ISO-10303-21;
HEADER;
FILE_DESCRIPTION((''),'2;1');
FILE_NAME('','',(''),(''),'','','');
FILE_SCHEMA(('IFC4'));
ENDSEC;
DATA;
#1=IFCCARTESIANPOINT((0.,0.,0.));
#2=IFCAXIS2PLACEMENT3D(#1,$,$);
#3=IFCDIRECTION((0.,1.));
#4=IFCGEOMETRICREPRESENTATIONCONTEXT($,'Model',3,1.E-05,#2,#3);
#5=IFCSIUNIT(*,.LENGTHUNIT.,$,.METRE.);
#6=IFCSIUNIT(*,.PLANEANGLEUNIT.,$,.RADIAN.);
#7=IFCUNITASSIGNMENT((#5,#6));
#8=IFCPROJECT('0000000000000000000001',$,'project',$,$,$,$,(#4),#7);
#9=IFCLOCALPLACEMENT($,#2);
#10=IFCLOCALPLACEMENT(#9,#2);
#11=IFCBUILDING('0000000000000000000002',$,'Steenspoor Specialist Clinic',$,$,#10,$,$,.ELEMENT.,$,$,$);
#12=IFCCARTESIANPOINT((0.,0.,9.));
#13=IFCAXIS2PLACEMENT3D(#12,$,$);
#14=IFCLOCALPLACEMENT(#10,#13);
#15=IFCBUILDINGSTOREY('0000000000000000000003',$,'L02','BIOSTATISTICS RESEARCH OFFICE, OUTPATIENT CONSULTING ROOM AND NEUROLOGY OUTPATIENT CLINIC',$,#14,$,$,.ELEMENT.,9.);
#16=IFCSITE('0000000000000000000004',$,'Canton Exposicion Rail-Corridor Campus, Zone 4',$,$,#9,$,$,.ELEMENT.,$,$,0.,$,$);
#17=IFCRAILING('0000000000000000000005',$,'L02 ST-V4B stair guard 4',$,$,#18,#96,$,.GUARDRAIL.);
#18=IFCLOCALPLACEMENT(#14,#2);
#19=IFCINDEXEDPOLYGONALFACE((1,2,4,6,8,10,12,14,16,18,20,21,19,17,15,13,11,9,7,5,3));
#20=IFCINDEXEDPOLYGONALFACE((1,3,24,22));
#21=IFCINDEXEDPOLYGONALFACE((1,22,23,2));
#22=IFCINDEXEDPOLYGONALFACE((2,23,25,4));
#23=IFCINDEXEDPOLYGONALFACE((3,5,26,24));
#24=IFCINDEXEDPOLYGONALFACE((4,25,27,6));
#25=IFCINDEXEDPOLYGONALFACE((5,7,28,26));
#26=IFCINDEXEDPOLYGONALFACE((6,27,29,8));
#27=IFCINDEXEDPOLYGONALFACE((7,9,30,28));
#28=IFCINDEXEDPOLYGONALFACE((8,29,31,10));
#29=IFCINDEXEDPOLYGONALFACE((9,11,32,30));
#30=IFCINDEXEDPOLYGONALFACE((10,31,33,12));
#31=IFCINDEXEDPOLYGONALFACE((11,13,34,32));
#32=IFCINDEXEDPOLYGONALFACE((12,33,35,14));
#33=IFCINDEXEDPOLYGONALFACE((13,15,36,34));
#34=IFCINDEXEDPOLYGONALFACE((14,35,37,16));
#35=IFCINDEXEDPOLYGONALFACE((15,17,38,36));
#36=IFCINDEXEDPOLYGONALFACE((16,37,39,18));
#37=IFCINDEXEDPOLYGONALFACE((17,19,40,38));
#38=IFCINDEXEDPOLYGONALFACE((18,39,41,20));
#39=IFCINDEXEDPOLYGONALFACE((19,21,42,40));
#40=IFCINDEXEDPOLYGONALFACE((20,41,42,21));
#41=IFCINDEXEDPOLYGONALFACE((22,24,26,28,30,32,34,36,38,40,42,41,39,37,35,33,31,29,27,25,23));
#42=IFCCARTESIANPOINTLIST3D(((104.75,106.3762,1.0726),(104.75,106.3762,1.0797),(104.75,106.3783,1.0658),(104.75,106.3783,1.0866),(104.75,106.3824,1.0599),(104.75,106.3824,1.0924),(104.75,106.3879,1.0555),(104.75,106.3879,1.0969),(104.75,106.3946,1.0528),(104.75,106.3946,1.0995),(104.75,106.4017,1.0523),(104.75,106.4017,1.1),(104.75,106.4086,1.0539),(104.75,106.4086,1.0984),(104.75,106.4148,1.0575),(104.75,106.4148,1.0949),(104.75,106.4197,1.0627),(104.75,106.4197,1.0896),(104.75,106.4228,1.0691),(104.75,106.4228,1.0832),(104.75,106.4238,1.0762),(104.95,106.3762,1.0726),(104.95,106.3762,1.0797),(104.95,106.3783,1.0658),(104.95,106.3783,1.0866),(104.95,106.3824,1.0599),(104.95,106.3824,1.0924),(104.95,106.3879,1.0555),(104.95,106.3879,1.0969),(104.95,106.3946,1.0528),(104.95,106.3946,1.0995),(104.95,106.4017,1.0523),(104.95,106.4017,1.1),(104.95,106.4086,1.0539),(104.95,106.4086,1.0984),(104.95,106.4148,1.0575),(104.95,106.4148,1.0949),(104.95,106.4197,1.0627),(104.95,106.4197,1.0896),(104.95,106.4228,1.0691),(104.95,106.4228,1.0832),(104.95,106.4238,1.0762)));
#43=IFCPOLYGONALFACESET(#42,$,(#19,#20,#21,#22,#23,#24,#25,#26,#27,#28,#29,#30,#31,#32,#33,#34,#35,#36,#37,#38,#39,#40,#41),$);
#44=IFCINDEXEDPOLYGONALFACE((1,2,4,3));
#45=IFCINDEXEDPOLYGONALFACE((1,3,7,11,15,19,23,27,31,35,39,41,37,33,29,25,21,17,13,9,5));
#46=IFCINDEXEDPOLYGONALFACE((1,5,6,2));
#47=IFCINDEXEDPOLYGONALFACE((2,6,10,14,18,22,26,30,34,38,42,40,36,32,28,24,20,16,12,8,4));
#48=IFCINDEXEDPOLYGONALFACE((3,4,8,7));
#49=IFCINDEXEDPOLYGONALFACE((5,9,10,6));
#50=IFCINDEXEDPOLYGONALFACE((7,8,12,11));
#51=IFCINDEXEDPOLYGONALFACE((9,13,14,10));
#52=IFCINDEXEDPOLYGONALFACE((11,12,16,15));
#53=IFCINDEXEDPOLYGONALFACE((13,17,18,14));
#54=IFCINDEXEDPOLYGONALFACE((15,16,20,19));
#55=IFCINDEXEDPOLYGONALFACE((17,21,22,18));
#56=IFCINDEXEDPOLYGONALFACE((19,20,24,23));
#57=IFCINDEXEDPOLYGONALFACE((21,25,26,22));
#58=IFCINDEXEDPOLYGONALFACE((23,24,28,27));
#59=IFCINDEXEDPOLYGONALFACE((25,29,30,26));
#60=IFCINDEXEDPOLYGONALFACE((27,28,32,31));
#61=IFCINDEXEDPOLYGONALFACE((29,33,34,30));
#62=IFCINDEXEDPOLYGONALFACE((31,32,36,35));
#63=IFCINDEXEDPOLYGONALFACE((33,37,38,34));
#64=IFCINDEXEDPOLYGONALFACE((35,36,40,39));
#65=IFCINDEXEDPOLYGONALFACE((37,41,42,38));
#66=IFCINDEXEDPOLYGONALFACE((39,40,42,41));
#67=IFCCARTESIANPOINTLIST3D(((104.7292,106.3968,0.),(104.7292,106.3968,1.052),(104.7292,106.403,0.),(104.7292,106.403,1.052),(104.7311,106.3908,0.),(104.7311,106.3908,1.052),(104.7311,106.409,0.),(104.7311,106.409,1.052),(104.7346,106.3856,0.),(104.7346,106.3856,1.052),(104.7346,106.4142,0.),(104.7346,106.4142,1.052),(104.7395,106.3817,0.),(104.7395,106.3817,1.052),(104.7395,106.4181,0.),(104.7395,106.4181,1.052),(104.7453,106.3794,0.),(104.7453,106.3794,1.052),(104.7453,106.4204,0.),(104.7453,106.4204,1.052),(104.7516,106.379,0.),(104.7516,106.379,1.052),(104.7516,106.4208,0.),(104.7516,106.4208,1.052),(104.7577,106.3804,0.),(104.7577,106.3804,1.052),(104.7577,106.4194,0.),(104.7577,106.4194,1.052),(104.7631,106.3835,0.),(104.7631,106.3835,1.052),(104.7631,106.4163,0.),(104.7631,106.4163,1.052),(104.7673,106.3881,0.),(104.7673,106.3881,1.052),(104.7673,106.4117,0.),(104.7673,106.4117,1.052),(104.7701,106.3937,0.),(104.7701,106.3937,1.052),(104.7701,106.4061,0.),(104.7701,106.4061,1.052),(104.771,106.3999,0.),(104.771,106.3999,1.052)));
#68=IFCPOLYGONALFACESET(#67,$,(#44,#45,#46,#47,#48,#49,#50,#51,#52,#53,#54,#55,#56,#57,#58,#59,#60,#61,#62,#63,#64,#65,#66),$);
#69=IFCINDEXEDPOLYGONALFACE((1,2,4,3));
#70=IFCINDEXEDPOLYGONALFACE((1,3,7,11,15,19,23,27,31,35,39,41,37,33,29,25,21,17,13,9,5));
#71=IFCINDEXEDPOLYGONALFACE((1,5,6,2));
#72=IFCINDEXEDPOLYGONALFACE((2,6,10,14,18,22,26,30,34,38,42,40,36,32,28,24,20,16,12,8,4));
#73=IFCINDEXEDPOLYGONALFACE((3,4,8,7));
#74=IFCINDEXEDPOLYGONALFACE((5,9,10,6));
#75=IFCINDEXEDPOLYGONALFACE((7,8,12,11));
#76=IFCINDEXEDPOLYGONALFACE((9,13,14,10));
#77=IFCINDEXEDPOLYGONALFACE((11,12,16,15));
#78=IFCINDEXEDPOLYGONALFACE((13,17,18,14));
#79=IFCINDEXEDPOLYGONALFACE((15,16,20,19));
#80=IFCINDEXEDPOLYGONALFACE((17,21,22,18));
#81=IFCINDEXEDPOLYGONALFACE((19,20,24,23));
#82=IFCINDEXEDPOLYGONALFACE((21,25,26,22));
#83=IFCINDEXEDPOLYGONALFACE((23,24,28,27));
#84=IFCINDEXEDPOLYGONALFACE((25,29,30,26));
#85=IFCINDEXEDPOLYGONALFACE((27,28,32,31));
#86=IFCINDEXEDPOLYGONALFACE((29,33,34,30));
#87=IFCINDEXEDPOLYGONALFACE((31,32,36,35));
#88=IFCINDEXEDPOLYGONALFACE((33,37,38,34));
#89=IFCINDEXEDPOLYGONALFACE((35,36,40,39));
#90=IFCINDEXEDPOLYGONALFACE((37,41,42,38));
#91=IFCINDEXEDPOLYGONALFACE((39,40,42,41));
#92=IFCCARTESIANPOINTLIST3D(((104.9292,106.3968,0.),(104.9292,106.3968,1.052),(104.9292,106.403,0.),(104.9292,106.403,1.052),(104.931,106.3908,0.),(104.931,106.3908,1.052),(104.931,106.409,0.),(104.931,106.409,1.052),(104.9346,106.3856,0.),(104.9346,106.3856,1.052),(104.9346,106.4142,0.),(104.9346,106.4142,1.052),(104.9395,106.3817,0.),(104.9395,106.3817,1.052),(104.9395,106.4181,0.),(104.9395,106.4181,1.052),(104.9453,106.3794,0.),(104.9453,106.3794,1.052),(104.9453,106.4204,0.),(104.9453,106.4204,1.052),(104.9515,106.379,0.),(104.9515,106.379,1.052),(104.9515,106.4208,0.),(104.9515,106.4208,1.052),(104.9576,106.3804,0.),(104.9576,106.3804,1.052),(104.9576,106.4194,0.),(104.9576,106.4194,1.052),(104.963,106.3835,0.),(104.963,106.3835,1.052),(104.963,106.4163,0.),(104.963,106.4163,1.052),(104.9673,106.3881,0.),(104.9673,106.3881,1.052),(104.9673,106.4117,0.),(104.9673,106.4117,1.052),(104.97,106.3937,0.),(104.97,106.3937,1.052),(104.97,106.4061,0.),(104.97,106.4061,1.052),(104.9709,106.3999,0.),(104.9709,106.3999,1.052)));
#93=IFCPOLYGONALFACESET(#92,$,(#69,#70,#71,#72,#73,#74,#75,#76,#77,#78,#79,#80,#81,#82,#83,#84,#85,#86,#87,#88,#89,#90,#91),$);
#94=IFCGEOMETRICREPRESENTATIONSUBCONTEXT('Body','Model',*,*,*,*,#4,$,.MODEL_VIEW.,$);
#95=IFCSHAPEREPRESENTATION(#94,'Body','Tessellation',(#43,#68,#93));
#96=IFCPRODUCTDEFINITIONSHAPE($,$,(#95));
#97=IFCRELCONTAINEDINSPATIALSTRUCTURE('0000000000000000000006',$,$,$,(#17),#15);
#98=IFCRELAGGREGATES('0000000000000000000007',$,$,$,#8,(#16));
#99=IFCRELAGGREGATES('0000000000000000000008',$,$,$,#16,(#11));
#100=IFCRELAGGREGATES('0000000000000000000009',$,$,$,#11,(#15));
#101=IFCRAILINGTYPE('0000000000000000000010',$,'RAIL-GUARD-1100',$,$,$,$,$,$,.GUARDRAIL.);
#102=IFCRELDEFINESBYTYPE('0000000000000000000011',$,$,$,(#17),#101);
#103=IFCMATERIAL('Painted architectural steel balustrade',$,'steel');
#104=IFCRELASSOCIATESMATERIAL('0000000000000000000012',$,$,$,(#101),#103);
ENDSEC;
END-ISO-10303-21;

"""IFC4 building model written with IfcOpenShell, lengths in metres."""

from ifc_helpers import new_model, si_unit, direction, frame, origin, origin_2d, place, context, subcontext, project, spatial, circle, extrude, material, type_object, element, save


model = new_model("IFC4")

# Units and contexts
model_context = context("Model", 3, precision=1e-05, world=origin(), true_north=direction((0.0, 1.0)))
body_context = subcontext(model_context, "Body", "Model", "MODEL_VIEW")
ifc_project = project(units=[si_unit("LENGTHUNIT", "METRE"), si_unit("PLANEANGLEUNIT", "RADIAN")], contexts=[model_context])

# Site, building, storey
site_placement = place(None, origin())
site = spatial("IfcSite", under=ifc_project, at=site_placement, Name="Canton Exposicion Rail-Corridor Campus, Zone 4", CompositionType="ELEMENT", RefElevation=0.0)
building_placement = place(site_placement, origin())
building = spatial("IfcBuilding", under=site, at=building_placement, Name="Steenspoor Specialist Clinic", CompositionType="ELEMENT")
storey_placement = place(building_placement, frame((0.0, 0.0, 9.0)))
storey = spatial("IfcBuildingStorey", under=building, at=storey_placement, Name="L02", Description="BIOSTATISTICS RESEARCH OFFICE, OUTPATIENT CONSULTING ROOM AND NEUROLOGY OUTPATIENT CLINIC", CompositionType="ELEMENT", Elevation=9.0)

# Railing
ifc_material_1 = material(Name="Painted architectural steel balustrade", Category="steel")
railing_type_1 = type_object("IfcRailingType", Name="RAIL-GUARD-1100", PredefinedType="GUARDRAIL", material=ifc_material_1)
railing_1_placement = place(storey_placement, frame((104.75, 106.3999, 0.0)))
element("IfcRailing", 1, at=railing_1_placement, inside=storey, type_object=railing_type_1, Name="L02 ST-V4B stair guard 4", PredefinedType="GUARDRAIL", context=body_context, shape_type="SweptSolid", body=[
    extrude(circle(Radius=0.0239, at=origin_2d()), frame((0.0, 0.0, 1.0762), z_axis=(1.0, 0.0, 0.0), x_axis=(0.0, 1.0, 0.0)), (0.0, 0.0, 1.0), 0.2),
    extrude(circle(Radius=0.021, at=origin_2d()), origin(), (0.0, 0.0, 1.0), 1.052),
    extrude(circle(Radius=0.021, at=origin_2d()), frame((0.2, 0.0, 0.0)), (0.0, 0.0, 1.0), 1.052),
])

save(model, "model.ifc")
